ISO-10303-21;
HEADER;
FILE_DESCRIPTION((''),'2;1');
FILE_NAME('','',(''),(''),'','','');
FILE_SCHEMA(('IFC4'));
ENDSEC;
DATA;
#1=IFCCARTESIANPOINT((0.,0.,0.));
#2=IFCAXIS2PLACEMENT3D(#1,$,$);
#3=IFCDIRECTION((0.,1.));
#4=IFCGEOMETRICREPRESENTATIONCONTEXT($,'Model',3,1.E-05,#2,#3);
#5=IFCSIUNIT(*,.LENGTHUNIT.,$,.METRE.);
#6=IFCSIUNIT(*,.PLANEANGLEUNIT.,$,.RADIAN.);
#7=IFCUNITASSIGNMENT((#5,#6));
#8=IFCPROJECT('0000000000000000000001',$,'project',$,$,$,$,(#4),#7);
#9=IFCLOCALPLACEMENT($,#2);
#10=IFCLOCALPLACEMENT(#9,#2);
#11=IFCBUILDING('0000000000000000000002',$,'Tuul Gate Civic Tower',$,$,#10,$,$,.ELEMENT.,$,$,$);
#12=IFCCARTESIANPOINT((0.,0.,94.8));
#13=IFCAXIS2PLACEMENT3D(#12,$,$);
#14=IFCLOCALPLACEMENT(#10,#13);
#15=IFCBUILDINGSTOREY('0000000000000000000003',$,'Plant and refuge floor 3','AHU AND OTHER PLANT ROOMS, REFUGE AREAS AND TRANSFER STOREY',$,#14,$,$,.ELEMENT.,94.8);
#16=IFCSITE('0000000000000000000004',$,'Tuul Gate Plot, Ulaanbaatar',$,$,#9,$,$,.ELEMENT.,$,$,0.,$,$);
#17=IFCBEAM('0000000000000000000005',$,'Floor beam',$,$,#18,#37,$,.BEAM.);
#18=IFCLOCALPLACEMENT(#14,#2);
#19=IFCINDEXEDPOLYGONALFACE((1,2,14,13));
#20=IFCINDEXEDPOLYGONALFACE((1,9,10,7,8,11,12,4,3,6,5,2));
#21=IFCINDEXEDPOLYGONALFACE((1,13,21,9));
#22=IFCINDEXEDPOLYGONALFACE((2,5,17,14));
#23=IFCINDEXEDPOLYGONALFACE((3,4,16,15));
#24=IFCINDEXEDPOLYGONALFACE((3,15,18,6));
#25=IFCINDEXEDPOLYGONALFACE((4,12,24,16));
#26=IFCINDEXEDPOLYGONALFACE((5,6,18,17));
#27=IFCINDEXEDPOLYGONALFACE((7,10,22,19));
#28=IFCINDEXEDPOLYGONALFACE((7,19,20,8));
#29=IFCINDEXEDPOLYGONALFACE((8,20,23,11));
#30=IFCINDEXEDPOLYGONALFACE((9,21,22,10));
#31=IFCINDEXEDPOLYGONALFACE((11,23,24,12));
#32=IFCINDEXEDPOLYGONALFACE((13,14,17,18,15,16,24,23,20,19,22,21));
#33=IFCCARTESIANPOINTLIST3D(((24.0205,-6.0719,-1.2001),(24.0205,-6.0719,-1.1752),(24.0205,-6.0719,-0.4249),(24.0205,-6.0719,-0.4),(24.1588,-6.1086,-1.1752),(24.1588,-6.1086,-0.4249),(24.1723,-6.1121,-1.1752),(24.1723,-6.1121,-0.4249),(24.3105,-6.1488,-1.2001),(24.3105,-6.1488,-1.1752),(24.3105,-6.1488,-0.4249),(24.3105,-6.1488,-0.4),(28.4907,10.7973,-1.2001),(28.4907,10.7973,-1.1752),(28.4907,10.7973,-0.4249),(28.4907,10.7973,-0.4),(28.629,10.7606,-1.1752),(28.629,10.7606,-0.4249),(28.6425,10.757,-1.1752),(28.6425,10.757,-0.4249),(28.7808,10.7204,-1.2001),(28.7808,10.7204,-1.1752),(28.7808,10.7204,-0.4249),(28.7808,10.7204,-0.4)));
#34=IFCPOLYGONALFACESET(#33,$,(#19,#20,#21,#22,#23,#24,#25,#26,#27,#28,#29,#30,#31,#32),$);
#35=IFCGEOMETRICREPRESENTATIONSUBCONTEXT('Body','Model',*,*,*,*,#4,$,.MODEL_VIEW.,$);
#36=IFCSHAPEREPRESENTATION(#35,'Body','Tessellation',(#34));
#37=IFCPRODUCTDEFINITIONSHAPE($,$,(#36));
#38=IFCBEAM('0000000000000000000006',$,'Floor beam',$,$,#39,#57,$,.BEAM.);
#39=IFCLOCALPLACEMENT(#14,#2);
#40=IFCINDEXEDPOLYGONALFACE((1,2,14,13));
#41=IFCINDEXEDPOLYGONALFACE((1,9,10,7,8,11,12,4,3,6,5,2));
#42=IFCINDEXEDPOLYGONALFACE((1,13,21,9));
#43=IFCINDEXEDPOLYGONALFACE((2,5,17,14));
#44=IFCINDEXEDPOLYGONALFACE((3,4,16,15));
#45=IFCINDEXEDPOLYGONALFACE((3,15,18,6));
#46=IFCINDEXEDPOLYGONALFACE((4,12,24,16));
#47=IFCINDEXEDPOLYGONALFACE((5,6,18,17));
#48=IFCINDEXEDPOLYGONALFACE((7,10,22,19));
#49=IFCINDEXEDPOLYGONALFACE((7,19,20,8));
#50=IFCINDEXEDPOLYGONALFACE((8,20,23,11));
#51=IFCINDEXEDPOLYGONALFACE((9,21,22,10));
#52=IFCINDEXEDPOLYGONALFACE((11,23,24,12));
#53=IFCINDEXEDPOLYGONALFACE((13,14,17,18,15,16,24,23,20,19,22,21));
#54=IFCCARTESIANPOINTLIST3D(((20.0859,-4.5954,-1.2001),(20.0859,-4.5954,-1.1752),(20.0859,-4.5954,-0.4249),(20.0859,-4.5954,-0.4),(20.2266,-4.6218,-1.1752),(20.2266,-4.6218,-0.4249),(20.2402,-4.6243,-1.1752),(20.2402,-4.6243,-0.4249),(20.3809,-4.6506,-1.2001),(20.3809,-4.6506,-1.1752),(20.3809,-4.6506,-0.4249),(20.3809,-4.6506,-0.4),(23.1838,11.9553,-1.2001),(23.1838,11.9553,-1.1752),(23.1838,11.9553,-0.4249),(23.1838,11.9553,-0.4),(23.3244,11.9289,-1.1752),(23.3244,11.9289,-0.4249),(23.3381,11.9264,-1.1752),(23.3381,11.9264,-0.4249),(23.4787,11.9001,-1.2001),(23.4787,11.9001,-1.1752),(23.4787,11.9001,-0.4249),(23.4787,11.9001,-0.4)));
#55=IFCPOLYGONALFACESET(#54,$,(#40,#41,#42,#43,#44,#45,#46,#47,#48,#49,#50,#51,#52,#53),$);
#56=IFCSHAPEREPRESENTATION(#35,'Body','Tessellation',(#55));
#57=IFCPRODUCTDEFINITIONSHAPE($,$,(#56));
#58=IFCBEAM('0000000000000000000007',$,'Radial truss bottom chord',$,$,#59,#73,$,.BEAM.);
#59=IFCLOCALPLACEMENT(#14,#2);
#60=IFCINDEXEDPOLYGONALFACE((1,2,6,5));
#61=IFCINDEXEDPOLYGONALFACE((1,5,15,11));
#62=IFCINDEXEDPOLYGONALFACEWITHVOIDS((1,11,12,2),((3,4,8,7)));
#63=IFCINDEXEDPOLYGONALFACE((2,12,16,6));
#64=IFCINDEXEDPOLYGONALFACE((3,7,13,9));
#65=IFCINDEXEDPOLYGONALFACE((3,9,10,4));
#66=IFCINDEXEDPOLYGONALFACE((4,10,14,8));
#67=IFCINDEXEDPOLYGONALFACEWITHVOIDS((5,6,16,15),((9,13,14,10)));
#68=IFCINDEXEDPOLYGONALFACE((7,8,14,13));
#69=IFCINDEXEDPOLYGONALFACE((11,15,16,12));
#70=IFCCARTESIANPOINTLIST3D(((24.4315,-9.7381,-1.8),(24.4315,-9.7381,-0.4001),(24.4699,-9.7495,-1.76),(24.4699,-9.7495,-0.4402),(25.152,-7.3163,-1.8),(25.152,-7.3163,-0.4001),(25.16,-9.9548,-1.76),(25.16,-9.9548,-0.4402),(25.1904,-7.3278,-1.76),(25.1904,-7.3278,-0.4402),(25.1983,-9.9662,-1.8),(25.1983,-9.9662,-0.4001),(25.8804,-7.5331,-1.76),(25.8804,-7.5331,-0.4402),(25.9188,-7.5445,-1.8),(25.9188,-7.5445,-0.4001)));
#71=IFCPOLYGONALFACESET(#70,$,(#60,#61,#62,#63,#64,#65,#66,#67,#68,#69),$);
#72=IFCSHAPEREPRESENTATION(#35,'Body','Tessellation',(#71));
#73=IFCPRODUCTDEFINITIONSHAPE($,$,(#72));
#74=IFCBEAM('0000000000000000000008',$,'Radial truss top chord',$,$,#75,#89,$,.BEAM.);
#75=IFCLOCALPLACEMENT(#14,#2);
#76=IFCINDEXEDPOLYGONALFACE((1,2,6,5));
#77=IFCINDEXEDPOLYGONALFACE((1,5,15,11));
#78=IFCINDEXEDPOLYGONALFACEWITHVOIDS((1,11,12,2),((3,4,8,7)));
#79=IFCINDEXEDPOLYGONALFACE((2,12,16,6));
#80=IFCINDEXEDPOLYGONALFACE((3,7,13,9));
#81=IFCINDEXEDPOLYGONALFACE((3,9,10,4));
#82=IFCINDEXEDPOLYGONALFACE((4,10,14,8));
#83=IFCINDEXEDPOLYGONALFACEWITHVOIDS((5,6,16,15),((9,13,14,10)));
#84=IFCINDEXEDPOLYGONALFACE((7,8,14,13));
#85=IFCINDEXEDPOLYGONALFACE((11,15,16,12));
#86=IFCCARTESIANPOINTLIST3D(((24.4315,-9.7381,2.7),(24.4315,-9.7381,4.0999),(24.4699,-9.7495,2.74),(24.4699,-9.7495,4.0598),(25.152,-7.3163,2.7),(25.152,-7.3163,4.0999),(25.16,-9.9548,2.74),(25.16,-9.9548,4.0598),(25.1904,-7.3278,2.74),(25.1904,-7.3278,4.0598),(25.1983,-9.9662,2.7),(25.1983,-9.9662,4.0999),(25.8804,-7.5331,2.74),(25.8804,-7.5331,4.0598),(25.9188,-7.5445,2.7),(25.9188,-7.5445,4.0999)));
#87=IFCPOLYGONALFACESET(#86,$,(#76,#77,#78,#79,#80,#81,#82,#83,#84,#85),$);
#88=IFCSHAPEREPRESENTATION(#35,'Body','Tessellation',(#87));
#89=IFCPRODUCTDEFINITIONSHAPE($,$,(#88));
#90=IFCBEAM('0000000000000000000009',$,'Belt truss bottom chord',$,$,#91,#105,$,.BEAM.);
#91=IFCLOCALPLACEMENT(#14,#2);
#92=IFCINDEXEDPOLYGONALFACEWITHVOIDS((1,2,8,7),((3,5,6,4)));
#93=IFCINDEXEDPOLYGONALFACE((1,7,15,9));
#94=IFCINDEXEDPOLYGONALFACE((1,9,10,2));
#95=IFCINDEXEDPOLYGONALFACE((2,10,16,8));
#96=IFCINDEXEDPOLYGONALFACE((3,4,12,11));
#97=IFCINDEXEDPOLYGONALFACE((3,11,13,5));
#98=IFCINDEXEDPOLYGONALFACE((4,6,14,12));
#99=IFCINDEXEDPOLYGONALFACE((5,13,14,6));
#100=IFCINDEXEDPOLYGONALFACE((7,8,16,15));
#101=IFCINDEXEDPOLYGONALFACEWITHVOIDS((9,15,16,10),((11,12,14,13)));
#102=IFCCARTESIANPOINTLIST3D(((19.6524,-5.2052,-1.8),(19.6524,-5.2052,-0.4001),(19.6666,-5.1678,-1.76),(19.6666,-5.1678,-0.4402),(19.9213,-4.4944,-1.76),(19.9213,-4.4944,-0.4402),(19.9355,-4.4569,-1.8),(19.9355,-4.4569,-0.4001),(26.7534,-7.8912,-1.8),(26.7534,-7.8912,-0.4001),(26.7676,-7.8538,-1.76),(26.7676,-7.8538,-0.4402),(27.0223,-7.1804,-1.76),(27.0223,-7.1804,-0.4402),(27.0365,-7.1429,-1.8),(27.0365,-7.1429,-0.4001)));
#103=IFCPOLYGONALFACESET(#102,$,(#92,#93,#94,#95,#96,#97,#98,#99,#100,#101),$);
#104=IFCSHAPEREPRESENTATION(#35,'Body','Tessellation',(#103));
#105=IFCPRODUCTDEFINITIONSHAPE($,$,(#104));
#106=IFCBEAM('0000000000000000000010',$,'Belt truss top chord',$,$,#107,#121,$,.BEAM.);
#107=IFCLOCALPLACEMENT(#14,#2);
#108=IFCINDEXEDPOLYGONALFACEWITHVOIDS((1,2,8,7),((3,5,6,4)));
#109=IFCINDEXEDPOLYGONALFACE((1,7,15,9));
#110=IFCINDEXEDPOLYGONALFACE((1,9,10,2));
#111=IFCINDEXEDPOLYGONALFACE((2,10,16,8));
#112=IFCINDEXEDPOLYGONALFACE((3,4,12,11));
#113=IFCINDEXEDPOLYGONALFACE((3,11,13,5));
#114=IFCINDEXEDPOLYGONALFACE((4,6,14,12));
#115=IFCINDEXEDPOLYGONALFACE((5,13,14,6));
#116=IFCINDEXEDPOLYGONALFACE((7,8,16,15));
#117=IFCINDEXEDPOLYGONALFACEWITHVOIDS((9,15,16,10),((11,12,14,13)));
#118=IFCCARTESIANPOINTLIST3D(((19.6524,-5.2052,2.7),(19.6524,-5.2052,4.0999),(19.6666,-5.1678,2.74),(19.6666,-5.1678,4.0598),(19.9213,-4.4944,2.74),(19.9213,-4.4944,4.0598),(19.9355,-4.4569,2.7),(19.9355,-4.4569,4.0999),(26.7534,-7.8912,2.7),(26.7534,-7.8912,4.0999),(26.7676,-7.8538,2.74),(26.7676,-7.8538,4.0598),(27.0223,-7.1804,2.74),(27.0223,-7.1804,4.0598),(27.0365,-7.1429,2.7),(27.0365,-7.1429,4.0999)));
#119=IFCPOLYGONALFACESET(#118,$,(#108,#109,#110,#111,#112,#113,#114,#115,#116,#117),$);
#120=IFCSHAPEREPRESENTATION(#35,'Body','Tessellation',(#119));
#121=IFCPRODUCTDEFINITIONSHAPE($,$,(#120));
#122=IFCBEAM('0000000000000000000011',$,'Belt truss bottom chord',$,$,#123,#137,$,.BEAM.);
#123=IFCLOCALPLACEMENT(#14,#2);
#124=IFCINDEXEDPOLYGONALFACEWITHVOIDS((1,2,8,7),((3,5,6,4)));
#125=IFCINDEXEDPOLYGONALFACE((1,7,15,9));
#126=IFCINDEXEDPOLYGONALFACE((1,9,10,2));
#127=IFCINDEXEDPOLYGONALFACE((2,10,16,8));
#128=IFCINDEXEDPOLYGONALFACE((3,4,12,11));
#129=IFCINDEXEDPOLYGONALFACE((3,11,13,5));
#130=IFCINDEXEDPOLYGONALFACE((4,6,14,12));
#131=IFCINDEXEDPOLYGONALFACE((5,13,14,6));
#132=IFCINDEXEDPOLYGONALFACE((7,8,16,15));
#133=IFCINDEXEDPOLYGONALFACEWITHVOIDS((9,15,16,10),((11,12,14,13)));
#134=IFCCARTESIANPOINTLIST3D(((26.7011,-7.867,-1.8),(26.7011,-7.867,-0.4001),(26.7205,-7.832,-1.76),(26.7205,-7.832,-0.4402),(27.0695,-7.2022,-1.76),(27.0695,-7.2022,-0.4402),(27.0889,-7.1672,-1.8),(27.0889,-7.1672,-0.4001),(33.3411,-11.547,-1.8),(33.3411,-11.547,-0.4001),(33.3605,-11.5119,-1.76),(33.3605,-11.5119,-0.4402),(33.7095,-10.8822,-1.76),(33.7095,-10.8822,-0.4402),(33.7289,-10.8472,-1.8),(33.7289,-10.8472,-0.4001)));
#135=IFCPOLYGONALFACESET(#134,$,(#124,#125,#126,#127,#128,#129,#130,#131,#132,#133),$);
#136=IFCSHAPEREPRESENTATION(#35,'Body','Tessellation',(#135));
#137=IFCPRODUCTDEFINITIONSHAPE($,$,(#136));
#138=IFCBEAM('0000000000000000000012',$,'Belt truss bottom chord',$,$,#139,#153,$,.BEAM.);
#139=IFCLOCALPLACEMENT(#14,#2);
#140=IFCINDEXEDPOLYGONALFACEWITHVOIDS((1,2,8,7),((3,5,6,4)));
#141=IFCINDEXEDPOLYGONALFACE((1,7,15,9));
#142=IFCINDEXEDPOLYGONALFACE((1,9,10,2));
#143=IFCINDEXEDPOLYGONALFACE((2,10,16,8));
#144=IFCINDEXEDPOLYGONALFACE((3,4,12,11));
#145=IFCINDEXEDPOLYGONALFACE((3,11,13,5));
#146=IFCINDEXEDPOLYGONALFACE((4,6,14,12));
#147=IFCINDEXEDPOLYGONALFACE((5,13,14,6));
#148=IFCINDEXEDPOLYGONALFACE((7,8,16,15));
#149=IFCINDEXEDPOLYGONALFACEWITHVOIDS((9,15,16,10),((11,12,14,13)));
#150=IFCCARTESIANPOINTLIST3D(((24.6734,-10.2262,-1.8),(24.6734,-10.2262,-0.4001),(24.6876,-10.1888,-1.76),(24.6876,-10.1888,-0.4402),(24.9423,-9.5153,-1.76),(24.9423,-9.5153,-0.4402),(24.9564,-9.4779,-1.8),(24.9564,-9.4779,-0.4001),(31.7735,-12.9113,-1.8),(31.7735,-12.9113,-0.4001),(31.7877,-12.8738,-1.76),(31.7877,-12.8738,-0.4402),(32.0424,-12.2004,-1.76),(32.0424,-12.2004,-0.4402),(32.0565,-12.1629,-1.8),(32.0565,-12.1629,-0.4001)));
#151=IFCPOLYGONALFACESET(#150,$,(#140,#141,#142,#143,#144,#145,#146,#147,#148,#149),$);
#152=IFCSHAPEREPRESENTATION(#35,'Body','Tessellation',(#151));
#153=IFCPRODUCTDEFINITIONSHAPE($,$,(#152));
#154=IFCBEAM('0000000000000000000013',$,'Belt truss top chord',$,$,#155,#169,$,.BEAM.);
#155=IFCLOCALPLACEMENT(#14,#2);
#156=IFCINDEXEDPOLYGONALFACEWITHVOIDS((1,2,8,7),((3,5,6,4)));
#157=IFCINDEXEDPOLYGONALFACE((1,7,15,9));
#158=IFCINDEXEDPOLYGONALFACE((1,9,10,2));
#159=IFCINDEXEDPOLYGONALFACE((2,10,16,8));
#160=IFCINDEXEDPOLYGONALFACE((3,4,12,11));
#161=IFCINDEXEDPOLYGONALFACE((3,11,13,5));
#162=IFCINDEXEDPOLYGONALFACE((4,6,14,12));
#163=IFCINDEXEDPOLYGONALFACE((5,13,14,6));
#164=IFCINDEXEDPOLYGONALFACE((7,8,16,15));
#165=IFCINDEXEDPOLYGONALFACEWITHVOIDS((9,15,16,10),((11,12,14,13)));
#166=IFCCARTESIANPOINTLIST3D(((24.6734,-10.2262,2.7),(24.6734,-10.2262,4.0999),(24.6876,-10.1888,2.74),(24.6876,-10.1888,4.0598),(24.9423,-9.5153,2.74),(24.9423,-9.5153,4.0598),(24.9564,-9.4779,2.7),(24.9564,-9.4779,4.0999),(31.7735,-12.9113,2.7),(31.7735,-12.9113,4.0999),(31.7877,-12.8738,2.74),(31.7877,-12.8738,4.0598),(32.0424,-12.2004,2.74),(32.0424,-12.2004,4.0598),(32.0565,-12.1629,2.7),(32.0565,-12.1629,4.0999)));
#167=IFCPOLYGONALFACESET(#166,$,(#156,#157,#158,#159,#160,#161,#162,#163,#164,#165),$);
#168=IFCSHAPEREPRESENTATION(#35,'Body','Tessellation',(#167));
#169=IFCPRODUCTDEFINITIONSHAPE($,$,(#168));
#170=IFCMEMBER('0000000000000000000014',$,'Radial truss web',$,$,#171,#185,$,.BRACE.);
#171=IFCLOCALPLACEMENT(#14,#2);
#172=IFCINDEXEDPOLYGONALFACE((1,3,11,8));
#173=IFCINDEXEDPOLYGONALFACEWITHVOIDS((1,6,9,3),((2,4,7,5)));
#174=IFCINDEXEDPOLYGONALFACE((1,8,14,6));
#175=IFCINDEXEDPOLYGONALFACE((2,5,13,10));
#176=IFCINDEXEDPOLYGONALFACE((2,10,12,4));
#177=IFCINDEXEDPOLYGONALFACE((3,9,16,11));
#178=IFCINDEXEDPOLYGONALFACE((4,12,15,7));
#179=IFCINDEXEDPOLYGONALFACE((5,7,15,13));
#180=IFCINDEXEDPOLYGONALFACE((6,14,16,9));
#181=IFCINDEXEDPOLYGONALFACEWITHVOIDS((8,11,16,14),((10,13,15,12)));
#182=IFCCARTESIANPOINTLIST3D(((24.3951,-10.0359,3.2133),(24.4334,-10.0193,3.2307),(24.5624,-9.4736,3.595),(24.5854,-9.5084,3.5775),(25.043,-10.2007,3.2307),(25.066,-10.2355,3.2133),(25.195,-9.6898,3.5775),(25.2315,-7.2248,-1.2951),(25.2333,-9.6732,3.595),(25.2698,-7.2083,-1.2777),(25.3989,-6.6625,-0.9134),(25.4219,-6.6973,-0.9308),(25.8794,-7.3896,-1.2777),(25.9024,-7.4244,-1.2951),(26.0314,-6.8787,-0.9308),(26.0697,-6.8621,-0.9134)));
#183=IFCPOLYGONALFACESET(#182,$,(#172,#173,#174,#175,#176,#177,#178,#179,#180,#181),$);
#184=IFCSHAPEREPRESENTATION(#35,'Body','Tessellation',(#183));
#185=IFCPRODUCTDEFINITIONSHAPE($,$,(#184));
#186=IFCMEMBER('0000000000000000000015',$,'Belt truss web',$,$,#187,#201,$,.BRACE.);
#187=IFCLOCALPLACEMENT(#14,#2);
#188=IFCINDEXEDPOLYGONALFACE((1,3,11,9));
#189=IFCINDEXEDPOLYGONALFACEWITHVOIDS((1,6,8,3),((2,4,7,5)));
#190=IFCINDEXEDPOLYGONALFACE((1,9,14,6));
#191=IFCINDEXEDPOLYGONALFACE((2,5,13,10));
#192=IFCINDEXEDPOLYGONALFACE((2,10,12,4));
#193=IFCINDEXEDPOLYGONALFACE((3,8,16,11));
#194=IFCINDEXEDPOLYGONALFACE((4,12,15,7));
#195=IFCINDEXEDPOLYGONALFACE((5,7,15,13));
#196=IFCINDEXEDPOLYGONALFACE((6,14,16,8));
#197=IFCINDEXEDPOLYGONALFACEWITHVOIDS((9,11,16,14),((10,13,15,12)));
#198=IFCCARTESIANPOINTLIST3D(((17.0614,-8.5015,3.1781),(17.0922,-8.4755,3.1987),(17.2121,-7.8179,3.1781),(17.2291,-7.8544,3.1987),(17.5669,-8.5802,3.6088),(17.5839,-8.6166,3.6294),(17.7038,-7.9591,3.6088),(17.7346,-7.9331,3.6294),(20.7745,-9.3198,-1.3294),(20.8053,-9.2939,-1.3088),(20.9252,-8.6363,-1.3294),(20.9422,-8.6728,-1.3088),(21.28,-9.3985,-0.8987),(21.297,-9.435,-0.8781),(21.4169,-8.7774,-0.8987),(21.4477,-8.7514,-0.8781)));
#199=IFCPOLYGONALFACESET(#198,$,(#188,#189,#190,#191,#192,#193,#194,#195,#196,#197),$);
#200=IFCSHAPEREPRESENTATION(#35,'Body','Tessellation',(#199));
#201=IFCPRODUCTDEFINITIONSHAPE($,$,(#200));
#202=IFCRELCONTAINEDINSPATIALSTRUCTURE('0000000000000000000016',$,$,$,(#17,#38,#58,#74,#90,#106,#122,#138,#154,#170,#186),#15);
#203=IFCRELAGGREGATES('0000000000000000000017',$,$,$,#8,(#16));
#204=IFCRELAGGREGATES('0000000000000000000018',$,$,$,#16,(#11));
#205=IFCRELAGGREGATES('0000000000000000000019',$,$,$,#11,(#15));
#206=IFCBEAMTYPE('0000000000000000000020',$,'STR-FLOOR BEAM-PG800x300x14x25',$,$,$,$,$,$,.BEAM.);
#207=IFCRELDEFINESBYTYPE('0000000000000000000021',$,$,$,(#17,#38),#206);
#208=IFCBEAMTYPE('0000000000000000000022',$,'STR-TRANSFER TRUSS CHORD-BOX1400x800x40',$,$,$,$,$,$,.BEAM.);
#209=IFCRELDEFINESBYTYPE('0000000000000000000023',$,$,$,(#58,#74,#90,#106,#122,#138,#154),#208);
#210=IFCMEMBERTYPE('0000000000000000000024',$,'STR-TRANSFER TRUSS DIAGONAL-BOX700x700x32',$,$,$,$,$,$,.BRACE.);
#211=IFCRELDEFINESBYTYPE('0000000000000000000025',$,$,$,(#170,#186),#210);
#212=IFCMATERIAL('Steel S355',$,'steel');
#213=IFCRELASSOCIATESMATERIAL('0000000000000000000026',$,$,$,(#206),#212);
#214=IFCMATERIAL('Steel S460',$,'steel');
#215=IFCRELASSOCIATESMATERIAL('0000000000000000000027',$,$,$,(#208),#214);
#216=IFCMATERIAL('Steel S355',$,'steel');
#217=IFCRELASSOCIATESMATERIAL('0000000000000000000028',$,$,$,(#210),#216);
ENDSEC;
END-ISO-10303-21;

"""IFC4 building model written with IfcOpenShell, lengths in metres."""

from ifc_helpers import new_model, si_unit, direction, frame, origin, origin_2d, place, context, subcontext, project, spatial, hollow_rectangle, i_section, extrude, material, material_profile, profile_set, type_object, element, save


model = new_model("IFC4")

# Units and contexts
model_context = context("Model", 3, precision=1e-05, world=origin(), true_north=direction((0.0, 1.0)))
body_context = subcontext(model_context, "Body", "Model", "MODEL_VIEW")
ifc_project = project(units=[si_unit("LENGTHUNIT", "METRE"), si_unit("PLANEANGLEUNIT", "RADIAN")], contexts=[model_context])

# Site, building, storey
site_placement = place(None, origin())
site = spatial("IfcSite", under=ifc_project, at=site_placement, Name="Tuul Gate Plot, Ulaanbaatar", CompositionType="ELEMENT", RefElevation=0.0)
building_placement = place(site_placement, origin())
building = spatial("IfcBuilding", under=site, at=building_placement, Name="Tuul Gate Civic Tower", CompositionType="ELEMENT")
storey_placement = place(building_placement, frame((0.0, 0.0, 94.8)))
storey = spatial("IfcBuildingStorey", under=building, at=storey_placement, Name="Plant and refuge floor 3", Description="AHU AND OTHER PLANT ROOMS, REFUGE AREAS AND TRANSFER STOREY", CompositionType="ELEMENT", Elevation=94.8)

# Beams
ifc_material_1 = material(Name="Steel S355", Category="steel")
ifc_material_profile_1 = material_profile(ifc_material_1, i_section(OverallWidth=0.3, OverallDepth=0.8, WebThickness=0.0139, FlangeThickness=0.0249, at=origin_2d()), Name="PG800x300x14x25")
ifc_profile_set_1 = profile_set([ifc_material_profile_1], Name="Steel S355")
beam_type_1 = type_object("IfcBeamType", Name="STR-FLOOR BEAM-PG800x300x14x25", PredefinedType="BEAM", material=ifc_profile_set_1)
beam_1_placement = place(storey_placement, frame((24.1655, -6.1104, -0.8), z_axis=(0.256152, 0.966636, 0.0), x_axis=(-0.966636, 0.256152, 0.0)))
element("IfcBeam", 1, at=beam_1_placement, inside=storey, type_object=beam_type_1, Name="Floor beam", PredefinedType="BEAM", context=body_context, shape_type="SweptSolid", body=[
    extrude(i_section(OverallWidth=0.3, OverallDepth=0.8, WebThickness=0.0139, FlangeThickness=0.0249, at=origin_2d()), origin(), (0.0, 0.0, 1.0), 17.4514),
])
beam_2_placement = place(storey_placement, frame((20.2334, -4.623, -0.8), z_axis=(0.18398, 0.98293, 0.0), x_axis=(-0.98293, 0.18398, 0.0)))
element("IfcBeam", 2, at=beam_2_placement, inside=storey, type_object=beam_type_1, Name="Floor beam", PredefinedType="BEAM", context=body_context, shape_type="SweptSolid", body=[
    extrude(i_section(OverallWidth=0.3, OverallDepth=0.8, WebThickness=0.0139, FlangeThickness=0.0249, at=origin_2d()), origin(), (0.0, 0.0, 1.0), 16.8381),
])
ifc_material_2 = material(Name="Steel S460", Category="steel")
ifc_material_profile_2 = material_profile(ifc_material_2, hollow_rectangle(XDim=0.8, YDim=1.3999, WallThickness=0.04, at=origin_2d()), Name="BOX1400x800x40")
ifc_profile_set_2 = profile_set([ifc_material_profile_2], Name="Steel S460")
beam_type_2 = type_object("IfcBeamType", Name="STR-TRANSFER TRUSS CHORD-BOX1400x800x40", PredefinedType="BEAM", material=ifc_profile_set_2)
for number, where, z_axis, x_axis, name in (
    (3, (25.5354, -7.4304, -1.1001), (-0.285157, -0.958481, 0.0), (0.958481, -0.285157, 0.0), "Radial truss bottom chord"),
    (4, (25.5354, -7.4304, 3.3999), (-0.285157, -0.958481, 0.0), (0.958481, -0.285157, 0.0), "Radial truss top chord"),
):
    element("IfcBeam", number, at=place(storey_placement, frame(where, z_axis=z_axis, x_axis=x_axis)), inside=storey, type_object=beam_type_2, Name=name, PredefinedType="BEAM", context=body_context, shape_type="SweptSolid", body=[
        extrude(hollow_rectangle(XDim=0.8, YDim=1.3999, WallThickness=0.04, at=origin_2d()), origin(), (0.0, 0.0, 1.0), 2.5266),
    ])
for number, where, z_axis, x_axis, name in (
    (5, (19.7939, -4.8311, -1.1001), (0.935324, -0.353793, 0.0), (0.353793, 0.935324, 0.0), "Belt truss bottom chord"),
    (6, (19.7939, -4.8311, 3.3999), (0.935324, -0.353793, 0.0), (0.353793, 0.935324, 0.0), "Belt truss top chord"),
):
    element("IfcBeam", number, at=place(storey_placement, frame(where, z_axis=z_axis, x_axis=x_axis)), inside=storey, type_object=beam_type_2, Name=name, PredefinedType="BEAM", context=body_context, shape_type="SweptSolid", body=[
        extrude(hollow_rectangle(XDim=0.8, YDim=1.3999, WallThickness=0.04, at=origin_2d()), origin(), (0.0, 0.0, 1.0), 7.592),
    ])
beam_3_placement = place(storey_placement, frame((26.895, -7.5171, -1.1001), z_axis=(0.874654, -0.484747, 0.0), x_axis=(0.484747, 0.874654, 0.0)))
element("IfcBeam", 7, at=beam_3_placement, inside=storey, type_object=beam_type_2, Name="Belt truss bottom chord", PredefinedType="BEAM", context=body_context, shape_type="SweptSolid", body=[
    extrude(hollow_rectangle(XDim=0.8, YDim=1.3999, WallThickness=0.04, at=origin_2d()), origin(), (0.0, 0.0, 1.0), 7.5916),
])
for number, where, z_axis, x_axis, name in (
    (8, (24.8149, -9.8521, -1.1001), (0.93535, -0.353723, 0.0), (0.353723, 0.93535, 0.0), "Belt truss bottom chord"),
    (9, (24.8149, -9.8521, 3.3999), (0.93535, -0.353723, 0.0), (0.353723, 0.93535, 0.0), "Belt truss top chord"),
):
    element("IfcBeam", number, at=place(storey_placement, frame(where, z_axis=z_axis, x_axis=x_axis)), inside=storey, type_object=beam_type_2, Name=name, PredefinedType="BEAM", context=body_context, shape_type="SweptSolid", body=[
        extrude(hollow_rectangle(XDim=0.8, YDim=1.3999, WallThickness=0.04, at=origin_2d()), origin(), (0.0, 0.0, 1.0), 7.5908),
    ])

# Members
ifc_material_3 = material(Name="Steel S355", Category="steel")
ifc_material_profile_3 = material_profile(ifc_material_3, hollow_rectangle(XDim=0.7, YDim=0.7, WallThickness=0.032, at=origin_2d()), Name="BOX700x700x32")
ifc_profile_set_3 = profile_set([ifc_material_profile_3], Name="Steel S355")
member_type_1 = type_object("IfcMemberType", Name="STR-TRANSFER TRUSS DIAGONAL-BOX700x700x32", PredefinedType="BRACE", material=ifc_profile_set_3)
member_1_placement = place(storey_placement, frame((25.6506, -7.0435, -1.1042), z_axis=(-0.155518, -0.522661, 0.838236), x_axis=(0.95847, -0.285194, 0.0)))
element("IfcMember", 10, at=member_1_placement, inside=storey, type_object=member_type_1, Name="Radial truss web", PredefinedType="BRACE", context=body_context, shape_type="SweptSolid", body=[
    extrude(hollow_rectangle(XDim=0.7, YDim=0.7, WallThickness=0.032, at=origin_2d()), origin(), (0.0, 0.0, 1.0), 5.3784),
])
member_2_placement = place(storey_placement, frame((21.1111, -9.0356, -1.1038), z_axis=(-0.629659, 0.138774, 0.764376), x_axis=(-0.21523, -0.976563, 0.0)))
element("IfcMember", 11, at=member_2_placement, inside=storey, type_object=member_type_1, Name="Belt truss web", PredefinedType="BRACE", context=body_context, shape_type="SweptSolid", body=[
    extrude(hollow_rectangle(XDim=0.7, YDim=0.7, WallThickness=0.032, at=origin_2d()), origin(), (0.0, 0.0, 1.0), 5.897),
])

save(model, "model.ifc")
